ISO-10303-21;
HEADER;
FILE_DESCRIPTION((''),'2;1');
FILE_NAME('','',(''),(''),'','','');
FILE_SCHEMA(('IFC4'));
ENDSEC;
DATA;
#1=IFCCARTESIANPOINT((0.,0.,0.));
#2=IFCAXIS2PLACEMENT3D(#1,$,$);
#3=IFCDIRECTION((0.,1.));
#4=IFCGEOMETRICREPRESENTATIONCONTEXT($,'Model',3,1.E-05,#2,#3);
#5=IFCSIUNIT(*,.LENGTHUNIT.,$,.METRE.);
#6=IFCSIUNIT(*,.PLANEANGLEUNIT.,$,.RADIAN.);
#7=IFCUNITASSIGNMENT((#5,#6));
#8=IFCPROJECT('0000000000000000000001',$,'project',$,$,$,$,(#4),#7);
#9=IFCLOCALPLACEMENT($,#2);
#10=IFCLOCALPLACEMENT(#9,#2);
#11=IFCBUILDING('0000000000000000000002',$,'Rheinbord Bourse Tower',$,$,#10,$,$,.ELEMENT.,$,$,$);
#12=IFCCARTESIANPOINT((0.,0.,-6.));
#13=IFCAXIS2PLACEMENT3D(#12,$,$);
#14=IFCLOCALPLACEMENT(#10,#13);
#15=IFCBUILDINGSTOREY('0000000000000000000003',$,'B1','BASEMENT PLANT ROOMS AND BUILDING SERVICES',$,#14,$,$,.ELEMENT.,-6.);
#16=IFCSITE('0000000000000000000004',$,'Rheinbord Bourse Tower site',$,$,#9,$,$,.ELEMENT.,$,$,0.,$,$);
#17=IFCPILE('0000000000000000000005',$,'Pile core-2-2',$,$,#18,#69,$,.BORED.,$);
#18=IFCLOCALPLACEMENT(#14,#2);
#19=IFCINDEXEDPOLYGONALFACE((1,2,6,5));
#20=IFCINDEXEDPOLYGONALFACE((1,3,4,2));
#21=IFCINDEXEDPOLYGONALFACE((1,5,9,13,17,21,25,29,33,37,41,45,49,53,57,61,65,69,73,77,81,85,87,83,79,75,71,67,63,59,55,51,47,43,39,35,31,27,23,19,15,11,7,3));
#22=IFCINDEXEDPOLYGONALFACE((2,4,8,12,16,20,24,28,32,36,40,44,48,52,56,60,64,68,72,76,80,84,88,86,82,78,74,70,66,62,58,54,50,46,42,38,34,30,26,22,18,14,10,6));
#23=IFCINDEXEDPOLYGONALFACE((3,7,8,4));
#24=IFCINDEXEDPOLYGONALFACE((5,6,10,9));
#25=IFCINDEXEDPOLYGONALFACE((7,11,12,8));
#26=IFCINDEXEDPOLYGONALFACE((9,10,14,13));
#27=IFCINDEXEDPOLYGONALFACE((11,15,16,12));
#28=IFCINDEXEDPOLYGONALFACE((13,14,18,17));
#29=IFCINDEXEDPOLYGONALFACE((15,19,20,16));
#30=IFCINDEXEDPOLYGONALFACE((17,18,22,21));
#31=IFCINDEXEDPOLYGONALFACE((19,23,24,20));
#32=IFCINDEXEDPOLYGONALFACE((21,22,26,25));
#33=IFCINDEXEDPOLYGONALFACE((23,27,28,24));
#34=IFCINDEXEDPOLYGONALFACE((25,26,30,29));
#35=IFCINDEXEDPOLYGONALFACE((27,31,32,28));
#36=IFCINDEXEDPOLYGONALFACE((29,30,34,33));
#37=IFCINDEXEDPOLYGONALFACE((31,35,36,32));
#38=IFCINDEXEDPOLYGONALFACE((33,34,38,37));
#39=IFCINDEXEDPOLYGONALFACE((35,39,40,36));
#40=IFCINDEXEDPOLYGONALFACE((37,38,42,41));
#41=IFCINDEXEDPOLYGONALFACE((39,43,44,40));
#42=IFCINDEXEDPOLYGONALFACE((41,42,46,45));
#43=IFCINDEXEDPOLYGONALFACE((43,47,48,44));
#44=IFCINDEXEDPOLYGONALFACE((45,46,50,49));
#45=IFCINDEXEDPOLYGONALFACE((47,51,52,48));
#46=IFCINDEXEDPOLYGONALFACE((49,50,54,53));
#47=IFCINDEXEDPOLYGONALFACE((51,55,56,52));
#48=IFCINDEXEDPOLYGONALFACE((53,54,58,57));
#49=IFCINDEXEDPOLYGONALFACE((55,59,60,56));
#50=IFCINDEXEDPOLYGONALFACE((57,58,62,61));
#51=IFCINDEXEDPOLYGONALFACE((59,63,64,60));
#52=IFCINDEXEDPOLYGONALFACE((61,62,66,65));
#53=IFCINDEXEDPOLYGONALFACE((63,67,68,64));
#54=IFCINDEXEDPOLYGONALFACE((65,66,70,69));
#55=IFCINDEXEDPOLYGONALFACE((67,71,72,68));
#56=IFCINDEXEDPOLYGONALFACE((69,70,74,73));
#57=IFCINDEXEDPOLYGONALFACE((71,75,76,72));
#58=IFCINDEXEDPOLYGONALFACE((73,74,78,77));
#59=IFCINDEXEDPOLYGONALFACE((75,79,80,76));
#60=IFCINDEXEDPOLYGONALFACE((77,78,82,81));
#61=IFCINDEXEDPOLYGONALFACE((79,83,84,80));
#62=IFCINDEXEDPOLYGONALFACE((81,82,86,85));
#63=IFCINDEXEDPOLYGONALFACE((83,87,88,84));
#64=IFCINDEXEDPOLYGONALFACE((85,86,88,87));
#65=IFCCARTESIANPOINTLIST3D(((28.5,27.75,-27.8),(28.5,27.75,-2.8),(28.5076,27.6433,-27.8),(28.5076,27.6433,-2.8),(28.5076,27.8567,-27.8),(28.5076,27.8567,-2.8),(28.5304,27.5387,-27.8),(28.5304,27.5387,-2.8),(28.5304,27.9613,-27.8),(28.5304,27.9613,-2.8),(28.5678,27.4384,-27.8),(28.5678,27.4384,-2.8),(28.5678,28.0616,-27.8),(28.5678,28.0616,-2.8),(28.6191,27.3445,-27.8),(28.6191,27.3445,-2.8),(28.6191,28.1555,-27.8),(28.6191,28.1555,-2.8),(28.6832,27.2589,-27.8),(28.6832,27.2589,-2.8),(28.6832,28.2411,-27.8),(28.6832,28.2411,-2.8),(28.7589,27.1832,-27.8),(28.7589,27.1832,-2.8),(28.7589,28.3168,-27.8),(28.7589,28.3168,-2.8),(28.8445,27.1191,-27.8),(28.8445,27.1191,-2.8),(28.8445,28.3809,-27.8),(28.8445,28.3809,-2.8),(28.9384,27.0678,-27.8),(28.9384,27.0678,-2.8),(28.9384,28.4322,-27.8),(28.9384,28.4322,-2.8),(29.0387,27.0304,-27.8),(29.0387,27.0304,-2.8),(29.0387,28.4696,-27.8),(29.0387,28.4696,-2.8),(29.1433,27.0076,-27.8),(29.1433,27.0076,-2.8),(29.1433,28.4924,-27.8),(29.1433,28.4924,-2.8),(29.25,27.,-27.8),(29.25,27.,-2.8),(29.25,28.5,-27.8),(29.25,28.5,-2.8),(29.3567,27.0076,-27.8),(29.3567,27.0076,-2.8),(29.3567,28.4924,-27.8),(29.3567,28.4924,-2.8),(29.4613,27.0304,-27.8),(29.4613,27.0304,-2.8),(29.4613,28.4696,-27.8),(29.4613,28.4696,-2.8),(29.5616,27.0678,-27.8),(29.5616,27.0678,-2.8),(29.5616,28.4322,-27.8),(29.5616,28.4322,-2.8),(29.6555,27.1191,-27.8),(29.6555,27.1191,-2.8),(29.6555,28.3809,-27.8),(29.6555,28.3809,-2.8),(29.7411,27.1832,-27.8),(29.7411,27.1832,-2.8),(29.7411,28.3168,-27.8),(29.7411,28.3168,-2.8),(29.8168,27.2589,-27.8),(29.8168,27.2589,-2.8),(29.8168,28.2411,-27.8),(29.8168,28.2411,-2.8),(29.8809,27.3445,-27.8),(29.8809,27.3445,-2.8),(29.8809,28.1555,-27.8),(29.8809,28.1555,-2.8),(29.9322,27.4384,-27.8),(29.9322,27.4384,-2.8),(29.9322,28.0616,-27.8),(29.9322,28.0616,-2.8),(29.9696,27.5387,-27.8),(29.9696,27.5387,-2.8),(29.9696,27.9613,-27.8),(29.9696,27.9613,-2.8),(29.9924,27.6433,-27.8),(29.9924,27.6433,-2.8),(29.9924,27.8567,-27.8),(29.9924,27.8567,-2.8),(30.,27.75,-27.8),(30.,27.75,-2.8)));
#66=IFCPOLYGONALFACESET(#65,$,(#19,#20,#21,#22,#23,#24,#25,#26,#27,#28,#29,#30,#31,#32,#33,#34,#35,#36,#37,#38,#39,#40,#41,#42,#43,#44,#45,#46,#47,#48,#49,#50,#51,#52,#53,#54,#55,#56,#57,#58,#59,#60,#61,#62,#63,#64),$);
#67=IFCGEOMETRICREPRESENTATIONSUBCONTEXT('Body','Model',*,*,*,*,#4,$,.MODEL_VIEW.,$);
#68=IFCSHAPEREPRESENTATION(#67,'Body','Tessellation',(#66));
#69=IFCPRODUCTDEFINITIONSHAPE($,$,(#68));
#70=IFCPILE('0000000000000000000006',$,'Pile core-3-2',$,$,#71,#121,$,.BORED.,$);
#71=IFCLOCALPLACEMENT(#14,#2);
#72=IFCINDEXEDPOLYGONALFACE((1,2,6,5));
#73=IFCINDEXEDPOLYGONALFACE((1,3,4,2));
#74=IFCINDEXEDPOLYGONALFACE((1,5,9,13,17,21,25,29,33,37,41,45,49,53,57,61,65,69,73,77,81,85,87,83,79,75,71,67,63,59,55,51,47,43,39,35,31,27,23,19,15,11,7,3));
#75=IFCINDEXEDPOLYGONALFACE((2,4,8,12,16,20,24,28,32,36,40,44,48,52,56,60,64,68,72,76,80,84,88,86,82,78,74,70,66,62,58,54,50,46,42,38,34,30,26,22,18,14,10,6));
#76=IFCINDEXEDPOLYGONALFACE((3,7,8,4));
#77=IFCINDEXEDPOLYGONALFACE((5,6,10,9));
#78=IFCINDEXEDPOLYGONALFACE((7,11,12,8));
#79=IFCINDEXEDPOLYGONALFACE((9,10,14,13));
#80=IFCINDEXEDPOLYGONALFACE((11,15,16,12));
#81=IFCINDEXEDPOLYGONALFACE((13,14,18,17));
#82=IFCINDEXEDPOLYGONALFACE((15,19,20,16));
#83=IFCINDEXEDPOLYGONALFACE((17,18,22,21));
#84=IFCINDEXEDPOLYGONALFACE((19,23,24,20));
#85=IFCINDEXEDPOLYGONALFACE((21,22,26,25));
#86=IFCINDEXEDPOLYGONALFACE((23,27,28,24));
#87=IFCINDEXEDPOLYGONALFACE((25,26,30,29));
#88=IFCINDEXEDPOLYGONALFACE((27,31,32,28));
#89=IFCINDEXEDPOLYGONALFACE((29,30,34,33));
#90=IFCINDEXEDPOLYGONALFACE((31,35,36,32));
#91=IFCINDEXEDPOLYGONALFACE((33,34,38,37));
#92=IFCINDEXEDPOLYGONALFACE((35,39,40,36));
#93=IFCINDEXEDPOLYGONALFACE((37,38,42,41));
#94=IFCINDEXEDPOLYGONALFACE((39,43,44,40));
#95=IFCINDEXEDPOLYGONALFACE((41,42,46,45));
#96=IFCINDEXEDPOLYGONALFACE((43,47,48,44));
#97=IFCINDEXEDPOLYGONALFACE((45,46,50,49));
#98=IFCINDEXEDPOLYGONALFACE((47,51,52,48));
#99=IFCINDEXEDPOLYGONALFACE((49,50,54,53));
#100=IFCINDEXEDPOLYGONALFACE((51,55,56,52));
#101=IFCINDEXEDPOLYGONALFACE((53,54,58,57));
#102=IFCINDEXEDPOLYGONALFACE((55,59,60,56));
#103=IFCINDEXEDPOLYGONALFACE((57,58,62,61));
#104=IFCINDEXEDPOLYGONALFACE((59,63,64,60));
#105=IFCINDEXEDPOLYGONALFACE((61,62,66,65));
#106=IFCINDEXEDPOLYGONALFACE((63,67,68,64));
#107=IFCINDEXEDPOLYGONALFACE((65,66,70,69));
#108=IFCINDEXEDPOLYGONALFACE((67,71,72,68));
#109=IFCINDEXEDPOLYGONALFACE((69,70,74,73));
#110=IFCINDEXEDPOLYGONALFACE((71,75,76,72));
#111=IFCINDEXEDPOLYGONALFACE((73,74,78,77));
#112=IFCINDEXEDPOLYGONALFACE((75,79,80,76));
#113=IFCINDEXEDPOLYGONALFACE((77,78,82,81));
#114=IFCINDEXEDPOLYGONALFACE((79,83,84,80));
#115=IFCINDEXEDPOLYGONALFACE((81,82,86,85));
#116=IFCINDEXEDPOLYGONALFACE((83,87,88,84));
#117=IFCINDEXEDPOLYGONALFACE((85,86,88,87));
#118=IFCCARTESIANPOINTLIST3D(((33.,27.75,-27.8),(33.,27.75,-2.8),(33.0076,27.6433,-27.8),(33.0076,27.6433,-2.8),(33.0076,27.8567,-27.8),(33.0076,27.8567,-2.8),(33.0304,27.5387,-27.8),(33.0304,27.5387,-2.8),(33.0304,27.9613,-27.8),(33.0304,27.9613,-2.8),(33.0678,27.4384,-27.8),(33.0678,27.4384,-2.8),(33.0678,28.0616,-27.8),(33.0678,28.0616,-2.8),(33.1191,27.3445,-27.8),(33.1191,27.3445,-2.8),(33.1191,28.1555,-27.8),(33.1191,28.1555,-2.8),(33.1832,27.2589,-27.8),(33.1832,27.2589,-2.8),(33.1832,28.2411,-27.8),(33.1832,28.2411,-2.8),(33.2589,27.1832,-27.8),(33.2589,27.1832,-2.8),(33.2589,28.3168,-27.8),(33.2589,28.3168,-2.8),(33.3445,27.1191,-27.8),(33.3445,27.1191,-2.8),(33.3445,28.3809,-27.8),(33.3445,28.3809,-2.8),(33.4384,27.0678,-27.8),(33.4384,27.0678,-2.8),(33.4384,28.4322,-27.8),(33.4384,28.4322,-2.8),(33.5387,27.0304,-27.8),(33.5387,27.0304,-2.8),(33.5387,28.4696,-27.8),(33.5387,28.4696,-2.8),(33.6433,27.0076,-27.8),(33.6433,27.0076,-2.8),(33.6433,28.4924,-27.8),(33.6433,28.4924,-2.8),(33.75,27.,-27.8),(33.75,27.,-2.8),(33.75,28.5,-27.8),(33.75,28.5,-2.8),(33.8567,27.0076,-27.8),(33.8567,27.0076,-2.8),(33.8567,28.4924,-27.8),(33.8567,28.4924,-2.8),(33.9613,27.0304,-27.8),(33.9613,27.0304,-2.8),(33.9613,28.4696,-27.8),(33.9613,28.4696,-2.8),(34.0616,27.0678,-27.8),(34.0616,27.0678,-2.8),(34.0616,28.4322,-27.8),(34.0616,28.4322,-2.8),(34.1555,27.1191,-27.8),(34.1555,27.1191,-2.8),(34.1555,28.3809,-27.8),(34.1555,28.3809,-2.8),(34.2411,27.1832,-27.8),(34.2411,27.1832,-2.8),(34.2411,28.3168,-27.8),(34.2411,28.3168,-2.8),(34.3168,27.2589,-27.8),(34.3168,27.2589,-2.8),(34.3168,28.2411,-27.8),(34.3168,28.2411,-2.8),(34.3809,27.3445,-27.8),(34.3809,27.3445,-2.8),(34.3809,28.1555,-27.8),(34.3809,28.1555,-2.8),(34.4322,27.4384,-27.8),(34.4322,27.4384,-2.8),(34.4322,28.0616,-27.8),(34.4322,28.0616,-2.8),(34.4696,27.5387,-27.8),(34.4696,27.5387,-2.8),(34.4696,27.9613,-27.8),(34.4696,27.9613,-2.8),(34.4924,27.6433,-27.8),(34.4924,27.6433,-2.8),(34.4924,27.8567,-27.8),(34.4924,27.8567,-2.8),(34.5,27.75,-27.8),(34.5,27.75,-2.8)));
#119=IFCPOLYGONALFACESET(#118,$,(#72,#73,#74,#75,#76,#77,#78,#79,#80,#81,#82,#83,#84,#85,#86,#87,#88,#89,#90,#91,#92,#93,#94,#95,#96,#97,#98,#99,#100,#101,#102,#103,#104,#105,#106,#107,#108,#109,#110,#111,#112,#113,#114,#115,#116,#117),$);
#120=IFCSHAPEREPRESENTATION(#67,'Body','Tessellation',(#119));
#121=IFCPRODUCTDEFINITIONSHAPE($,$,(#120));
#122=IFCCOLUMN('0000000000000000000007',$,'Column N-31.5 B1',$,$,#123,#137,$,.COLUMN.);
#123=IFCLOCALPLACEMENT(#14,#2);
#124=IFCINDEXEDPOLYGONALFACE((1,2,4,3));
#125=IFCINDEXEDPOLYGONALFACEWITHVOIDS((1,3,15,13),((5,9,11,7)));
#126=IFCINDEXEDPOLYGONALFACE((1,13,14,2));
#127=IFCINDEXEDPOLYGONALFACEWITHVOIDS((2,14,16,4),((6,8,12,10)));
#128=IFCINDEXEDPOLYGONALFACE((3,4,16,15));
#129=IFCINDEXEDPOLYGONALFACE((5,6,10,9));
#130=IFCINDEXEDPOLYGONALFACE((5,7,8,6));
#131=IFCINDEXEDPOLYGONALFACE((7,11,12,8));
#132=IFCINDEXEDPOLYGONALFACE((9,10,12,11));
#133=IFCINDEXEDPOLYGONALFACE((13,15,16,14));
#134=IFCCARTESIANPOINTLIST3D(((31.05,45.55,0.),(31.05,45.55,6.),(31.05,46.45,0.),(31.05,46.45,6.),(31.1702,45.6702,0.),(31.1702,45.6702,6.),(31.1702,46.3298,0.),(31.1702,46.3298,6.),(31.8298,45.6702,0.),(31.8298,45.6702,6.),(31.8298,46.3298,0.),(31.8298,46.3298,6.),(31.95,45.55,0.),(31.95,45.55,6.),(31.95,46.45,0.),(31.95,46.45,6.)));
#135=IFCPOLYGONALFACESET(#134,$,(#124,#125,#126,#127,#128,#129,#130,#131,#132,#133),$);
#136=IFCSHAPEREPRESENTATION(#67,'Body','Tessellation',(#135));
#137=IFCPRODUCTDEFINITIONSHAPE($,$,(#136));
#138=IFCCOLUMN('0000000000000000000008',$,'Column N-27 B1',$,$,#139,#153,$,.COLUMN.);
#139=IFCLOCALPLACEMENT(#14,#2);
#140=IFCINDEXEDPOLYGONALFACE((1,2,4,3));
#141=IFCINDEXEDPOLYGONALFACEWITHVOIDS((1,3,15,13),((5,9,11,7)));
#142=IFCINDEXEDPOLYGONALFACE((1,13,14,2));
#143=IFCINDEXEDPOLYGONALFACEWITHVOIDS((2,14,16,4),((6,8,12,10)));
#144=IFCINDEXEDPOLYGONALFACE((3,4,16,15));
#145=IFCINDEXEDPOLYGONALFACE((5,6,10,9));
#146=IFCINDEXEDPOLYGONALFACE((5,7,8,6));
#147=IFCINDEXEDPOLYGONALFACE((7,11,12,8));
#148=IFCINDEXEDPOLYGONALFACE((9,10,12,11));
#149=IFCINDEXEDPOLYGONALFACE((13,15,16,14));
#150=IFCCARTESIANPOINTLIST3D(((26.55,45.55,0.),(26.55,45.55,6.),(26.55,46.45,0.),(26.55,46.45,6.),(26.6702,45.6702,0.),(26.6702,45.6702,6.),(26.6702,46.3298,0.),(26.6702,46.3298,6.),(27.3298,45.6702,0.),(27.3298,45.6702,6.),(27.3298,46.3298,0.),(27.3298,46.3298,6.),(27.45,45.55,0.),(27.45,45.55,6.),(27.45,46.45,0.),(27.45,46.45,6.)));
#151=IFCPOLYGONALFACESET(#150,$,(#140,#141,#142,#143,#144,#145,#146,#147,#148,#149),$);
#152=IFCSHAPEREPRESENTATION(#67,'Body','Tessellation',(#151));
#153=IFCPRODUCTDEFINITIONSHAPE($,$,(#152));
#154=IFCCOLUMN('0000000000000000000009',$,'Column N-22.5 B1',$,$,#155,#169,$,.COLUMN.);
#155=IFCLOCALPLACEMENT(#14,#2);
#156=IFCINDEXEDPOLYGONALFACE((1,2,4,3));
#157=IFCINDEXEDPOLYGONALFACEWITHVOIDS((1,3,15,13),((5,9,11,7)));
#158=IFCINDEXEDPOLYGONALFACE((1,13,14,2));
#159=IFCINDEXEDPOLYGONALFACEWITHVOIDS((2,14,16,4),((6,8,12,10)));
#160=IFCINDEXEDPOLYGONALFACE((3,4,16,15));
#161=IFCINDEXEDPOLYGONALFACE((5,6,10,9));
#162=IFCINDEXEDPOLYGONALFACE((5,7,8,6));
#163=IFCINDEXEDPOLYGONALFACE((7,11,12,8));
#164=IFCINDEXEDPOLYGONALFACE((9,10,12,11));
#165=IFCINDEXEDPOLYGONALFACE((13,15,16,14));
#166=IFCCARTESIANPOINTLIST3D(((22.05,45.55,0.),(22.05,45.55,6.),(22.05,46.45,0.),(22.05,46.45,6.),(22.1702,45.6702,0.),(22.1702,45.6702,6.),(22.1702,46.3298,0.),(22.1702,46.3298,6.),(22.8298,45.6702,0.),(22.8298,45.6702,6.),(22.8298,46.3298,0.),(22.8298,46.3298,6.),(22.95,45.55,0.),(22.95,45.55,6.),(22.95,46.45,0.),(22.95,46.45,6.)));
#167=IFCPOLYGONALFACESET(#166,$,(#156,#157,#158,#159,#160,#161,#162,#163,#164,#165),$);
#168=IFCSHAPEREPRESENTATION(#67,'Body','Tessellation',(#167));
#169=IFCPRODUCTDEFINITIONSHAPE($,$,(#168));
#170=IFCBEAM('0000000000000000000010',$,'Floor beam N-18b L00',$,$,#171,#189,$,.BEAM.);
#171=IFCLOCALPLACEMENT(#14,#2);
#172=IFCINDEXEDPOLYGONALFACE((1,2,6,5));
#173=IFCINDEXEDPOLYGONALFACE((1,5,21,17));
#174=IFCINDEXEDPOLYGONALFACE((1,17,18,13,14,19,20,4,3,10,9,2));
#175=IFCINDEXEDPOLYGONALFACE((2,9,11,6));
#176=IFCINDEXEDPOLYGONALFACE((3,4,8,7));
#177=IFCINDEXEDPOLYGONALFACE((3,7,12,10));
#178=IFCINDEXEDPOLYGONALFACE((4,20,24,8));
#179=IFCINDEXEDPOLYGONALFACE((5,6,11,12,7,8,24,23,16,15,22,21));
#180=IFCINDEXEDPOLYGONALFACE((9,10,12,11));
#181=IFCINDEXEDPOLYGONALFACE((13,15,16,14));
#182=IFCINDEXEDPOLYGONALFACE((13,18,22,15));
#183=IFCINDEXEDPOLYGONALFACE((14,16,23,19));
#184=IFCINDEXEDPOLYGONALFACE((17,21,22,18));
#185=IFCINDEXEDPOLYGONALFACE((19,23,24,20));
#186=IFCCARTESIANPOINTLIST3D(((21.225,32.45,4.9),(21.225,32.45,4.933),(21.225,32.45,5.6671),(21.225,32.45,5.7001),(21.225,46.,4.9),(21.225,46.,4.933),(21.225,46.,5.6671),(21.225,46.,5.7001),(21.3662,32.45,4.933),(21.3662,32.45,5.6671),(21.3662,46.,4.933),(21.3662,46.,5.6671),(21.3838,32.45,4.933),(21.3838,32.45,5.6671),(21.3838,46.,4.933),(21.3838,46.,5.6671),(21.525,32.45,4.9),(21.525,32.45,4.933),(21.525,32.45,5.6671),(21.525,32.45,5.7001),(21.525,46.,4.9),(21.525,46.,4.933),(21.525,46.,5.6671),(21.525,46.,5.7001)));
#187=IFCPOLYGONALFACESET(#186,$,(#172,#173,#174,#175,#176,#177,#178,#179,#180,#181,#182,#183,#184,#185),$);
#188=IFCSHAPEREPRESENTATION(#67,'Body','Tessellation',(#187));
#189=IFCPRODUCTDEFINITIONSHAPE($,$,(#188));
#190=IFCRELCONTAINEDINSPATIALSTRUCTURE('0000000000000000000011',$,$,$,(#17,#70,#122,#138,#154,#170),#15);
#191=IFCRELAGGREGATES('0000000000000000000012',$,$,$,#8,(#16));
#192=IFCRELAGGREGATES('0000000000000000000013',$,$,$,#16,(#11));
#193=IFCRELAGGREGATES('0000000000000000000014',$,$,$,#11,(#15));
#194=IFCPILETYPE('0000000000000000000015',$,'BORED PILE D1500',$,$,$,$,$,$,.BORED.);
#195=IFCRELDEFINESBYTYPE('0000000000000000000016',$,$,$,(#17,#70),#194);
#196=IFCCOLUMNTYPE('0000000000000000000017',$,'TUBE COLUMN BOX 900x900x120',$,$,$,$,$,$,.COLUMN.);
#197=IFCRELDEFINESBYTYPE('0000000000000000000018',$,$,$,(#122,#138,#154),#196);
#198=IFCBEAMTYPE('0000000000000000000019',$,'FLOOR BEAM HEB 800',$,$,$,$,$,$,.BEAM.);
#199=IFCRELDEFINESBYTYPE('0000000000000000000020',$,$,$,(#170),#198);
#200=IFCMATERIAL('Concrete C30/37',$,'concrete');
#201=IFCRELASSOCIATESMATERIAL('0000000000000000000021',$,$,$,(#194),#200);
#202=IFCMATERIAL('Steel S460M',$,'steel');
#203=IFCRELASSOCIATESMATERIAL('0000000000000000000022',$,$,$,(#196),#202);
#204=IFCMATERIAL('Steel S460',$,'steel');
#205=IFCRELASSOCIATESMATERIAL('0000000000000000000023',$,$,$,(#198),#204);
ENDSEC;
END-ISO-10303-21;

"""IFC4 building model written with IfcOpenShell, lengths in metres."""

from ifc_helpers import new_model, si_unit, direction, frame, origin, origin_2d, place, context, subcontext, project, spatial, hollow_rectangle, circle, i_section, extrude, material, material_profile, profile_set, type_object, element, save


model = new_model("IFC4")

# Units and contexts
model_context = context("Model", 3, precision=1e-05, world=origin(), true_north=direction((0.0, 1.0)))
body_context = subcontext(model_context, "Body", "Model", "MODEL_VIEW")
ifc_project = project(units=[si_unit("LENGTHUNIT", "METRE"), si_unit("PLANEANGLEUNIT", "RADIAN")], contexts=[model_context])

# Site, building, storey
site_placement = place(None, origin())
site = spatial("IfcSite", under=ifc_project, at=site_placement, Name="Rheinbord Bourse Tower site", CompositionType="ELEMENT", RefElevation=0.0)
building_placement = place(site_placement, origin())
building = spatial("IfcBuilding", under=site, at=building_placement, Name="Rheinbord Bourse Tower", CompositionType="ELEMENT")
storey_placement = place(building_placement, frame((0.0, 0.0, -6.0)))
storey = spatial("IfcBuildingStorey", under=building, at=storey_placement, Name="B1", Description="BASEMENT PLANT ROOMS AND BUILDING SERVICES", CompositionType="ELEMENT", Elevation=-6.0)

# Piles
ifc_material_1 = material(Name="Concrete C30/37", Category="concrete")
ifc_material_profile_1 = material_profile(ifc_material_1, circle(Radius=0.75, at=origin_2d()), Name="D1500")
ifc_profile_set_1 = profile_set([ifc_material_profile_1], Name="Concrete C30/37")
pile_type = type_object("IfcPileType", Name="BORED PILE D1500", PredefinedType="BORED", material=ifc_profile_set_1)
for number, where, z_axis, x_axis, name in (
    (1, (29.25, 27.75, -2.8), (0.0, 0.0, -1.0), (1.0, 0.0, 0.0), "Pile core-2-2"),
    (2, (33.75, 27.75, -2.8), (0.0, 0.0, -1.0), (1.0, 0.0, 0.0), "Pile core-3-2"),
):
    element("IfcPile", number, at=place(storey_placement, frame(where, z_axis=z_axis, x_axis=x_axis)), inside=storey, type_object=pile_type, Name=name, PredefinedType="BORED", context=body_context, shape_type="SweptSolid", body=[
        extrude(circle(Radius=0.75, at=origin_2d()), origin(), (0.0, 0.0, 1.0), 25.0),
    ])

# Columns
ifc_material_2 = material(Name="Steel S460M", Category="steel")
ifc_material_profile_2 = material_profile(ifc_material_2, hollow_rectangle(XDim=0.8999, YDim=0.8999, WallThickness=0.1201, at=origin_2d()), Name="BOX 900x900x120")
ifc_profile_set_2 = profile_set([ifc_material_profile_2], Name="Steel S460M")
column_type = type_object("IfcColumnType", Name="TUBE COLUMN BOX 900x900x120", PredefinedType="COLUMN", material=ifc_profile_set_2)
for number, where, z_axis, x_axis, name in (
    (3, (31.5, 46.0, 0.0), (0.0, 0.0, 1.0), (0.0, 1.0, 0.0), "Column N-31.5 B1"),
    (4, (27.0, 46.0, 0.0), (0.0, 0.0, 1.0), (0.0, 1.0, 0.0), "Column N-27 B1"),
    (5, (22.5, 46.0, 0.0), (0.0, 0.0, 1.0), (0.0, 1.0, 0.0), "Column N-22.5 B1"),
):
    element("IfcColumn", number, at=place(storey_placement, frame(where, z_axis=z_axis, x_axis=x_axis)), inside=storey, type_object=column_type, Name=name, PredefinedType="COLUMN", context=body_context, shape_type="SweptSolid", body=[
        extrude(hollow_rectangle(XDim=0.8999, YDim=0.8999, WallThickness=0.1201, at=origin_2d()), origin(), (0.0, 0.0, 1.0), 6.0),
    ])

# Beam
ifc_material_3 = material(Name="Steel S460", Category="steel")
ifc_material_profile_3 = material_profile(ifc_material_3, i_section(OverallWidth=0.3, OverallDepth=0.8, WebThickness=0.0176, FlangeThickness=0.033, at=origin_2d()), Name="HEB 800")
ifc_profile_set_3 = profile_set([ifc_material_profile_3], Name="Steel S460")
beam_type_1 = type_object("IfcBeamType", Name="FLOOR BEAM HEB 800", PredefinedType="BEAM", material=ifc_profile_set_3)
for number, where, z_axis, x_axis, name in (
    (6, (21.375, 46.0, 5.3), (0.0, -1.0, 0.0), (1.0, 0.0, 0.0), "Floor beam N-18b L00"),
):
    element("IfcBeam", number, at=place(storey_placement, frame(where, z_axis=z_axis, x_axis=x_axis)), inside=storey, type_object=beam_type_1, Name=name, PredefinedType="BEAM", context=body_context, shape_type="SweptSolid", body=[
        extrude(i_section(OverallWidth=0.3, OverallDepth=0.8, WebThickness=0.0176, FlangeThickness=0.033, at=origin_2d()), origin(), (0.0, 0.0, 1.0), 13.55),
    ])

save(model, "model.ifc")
